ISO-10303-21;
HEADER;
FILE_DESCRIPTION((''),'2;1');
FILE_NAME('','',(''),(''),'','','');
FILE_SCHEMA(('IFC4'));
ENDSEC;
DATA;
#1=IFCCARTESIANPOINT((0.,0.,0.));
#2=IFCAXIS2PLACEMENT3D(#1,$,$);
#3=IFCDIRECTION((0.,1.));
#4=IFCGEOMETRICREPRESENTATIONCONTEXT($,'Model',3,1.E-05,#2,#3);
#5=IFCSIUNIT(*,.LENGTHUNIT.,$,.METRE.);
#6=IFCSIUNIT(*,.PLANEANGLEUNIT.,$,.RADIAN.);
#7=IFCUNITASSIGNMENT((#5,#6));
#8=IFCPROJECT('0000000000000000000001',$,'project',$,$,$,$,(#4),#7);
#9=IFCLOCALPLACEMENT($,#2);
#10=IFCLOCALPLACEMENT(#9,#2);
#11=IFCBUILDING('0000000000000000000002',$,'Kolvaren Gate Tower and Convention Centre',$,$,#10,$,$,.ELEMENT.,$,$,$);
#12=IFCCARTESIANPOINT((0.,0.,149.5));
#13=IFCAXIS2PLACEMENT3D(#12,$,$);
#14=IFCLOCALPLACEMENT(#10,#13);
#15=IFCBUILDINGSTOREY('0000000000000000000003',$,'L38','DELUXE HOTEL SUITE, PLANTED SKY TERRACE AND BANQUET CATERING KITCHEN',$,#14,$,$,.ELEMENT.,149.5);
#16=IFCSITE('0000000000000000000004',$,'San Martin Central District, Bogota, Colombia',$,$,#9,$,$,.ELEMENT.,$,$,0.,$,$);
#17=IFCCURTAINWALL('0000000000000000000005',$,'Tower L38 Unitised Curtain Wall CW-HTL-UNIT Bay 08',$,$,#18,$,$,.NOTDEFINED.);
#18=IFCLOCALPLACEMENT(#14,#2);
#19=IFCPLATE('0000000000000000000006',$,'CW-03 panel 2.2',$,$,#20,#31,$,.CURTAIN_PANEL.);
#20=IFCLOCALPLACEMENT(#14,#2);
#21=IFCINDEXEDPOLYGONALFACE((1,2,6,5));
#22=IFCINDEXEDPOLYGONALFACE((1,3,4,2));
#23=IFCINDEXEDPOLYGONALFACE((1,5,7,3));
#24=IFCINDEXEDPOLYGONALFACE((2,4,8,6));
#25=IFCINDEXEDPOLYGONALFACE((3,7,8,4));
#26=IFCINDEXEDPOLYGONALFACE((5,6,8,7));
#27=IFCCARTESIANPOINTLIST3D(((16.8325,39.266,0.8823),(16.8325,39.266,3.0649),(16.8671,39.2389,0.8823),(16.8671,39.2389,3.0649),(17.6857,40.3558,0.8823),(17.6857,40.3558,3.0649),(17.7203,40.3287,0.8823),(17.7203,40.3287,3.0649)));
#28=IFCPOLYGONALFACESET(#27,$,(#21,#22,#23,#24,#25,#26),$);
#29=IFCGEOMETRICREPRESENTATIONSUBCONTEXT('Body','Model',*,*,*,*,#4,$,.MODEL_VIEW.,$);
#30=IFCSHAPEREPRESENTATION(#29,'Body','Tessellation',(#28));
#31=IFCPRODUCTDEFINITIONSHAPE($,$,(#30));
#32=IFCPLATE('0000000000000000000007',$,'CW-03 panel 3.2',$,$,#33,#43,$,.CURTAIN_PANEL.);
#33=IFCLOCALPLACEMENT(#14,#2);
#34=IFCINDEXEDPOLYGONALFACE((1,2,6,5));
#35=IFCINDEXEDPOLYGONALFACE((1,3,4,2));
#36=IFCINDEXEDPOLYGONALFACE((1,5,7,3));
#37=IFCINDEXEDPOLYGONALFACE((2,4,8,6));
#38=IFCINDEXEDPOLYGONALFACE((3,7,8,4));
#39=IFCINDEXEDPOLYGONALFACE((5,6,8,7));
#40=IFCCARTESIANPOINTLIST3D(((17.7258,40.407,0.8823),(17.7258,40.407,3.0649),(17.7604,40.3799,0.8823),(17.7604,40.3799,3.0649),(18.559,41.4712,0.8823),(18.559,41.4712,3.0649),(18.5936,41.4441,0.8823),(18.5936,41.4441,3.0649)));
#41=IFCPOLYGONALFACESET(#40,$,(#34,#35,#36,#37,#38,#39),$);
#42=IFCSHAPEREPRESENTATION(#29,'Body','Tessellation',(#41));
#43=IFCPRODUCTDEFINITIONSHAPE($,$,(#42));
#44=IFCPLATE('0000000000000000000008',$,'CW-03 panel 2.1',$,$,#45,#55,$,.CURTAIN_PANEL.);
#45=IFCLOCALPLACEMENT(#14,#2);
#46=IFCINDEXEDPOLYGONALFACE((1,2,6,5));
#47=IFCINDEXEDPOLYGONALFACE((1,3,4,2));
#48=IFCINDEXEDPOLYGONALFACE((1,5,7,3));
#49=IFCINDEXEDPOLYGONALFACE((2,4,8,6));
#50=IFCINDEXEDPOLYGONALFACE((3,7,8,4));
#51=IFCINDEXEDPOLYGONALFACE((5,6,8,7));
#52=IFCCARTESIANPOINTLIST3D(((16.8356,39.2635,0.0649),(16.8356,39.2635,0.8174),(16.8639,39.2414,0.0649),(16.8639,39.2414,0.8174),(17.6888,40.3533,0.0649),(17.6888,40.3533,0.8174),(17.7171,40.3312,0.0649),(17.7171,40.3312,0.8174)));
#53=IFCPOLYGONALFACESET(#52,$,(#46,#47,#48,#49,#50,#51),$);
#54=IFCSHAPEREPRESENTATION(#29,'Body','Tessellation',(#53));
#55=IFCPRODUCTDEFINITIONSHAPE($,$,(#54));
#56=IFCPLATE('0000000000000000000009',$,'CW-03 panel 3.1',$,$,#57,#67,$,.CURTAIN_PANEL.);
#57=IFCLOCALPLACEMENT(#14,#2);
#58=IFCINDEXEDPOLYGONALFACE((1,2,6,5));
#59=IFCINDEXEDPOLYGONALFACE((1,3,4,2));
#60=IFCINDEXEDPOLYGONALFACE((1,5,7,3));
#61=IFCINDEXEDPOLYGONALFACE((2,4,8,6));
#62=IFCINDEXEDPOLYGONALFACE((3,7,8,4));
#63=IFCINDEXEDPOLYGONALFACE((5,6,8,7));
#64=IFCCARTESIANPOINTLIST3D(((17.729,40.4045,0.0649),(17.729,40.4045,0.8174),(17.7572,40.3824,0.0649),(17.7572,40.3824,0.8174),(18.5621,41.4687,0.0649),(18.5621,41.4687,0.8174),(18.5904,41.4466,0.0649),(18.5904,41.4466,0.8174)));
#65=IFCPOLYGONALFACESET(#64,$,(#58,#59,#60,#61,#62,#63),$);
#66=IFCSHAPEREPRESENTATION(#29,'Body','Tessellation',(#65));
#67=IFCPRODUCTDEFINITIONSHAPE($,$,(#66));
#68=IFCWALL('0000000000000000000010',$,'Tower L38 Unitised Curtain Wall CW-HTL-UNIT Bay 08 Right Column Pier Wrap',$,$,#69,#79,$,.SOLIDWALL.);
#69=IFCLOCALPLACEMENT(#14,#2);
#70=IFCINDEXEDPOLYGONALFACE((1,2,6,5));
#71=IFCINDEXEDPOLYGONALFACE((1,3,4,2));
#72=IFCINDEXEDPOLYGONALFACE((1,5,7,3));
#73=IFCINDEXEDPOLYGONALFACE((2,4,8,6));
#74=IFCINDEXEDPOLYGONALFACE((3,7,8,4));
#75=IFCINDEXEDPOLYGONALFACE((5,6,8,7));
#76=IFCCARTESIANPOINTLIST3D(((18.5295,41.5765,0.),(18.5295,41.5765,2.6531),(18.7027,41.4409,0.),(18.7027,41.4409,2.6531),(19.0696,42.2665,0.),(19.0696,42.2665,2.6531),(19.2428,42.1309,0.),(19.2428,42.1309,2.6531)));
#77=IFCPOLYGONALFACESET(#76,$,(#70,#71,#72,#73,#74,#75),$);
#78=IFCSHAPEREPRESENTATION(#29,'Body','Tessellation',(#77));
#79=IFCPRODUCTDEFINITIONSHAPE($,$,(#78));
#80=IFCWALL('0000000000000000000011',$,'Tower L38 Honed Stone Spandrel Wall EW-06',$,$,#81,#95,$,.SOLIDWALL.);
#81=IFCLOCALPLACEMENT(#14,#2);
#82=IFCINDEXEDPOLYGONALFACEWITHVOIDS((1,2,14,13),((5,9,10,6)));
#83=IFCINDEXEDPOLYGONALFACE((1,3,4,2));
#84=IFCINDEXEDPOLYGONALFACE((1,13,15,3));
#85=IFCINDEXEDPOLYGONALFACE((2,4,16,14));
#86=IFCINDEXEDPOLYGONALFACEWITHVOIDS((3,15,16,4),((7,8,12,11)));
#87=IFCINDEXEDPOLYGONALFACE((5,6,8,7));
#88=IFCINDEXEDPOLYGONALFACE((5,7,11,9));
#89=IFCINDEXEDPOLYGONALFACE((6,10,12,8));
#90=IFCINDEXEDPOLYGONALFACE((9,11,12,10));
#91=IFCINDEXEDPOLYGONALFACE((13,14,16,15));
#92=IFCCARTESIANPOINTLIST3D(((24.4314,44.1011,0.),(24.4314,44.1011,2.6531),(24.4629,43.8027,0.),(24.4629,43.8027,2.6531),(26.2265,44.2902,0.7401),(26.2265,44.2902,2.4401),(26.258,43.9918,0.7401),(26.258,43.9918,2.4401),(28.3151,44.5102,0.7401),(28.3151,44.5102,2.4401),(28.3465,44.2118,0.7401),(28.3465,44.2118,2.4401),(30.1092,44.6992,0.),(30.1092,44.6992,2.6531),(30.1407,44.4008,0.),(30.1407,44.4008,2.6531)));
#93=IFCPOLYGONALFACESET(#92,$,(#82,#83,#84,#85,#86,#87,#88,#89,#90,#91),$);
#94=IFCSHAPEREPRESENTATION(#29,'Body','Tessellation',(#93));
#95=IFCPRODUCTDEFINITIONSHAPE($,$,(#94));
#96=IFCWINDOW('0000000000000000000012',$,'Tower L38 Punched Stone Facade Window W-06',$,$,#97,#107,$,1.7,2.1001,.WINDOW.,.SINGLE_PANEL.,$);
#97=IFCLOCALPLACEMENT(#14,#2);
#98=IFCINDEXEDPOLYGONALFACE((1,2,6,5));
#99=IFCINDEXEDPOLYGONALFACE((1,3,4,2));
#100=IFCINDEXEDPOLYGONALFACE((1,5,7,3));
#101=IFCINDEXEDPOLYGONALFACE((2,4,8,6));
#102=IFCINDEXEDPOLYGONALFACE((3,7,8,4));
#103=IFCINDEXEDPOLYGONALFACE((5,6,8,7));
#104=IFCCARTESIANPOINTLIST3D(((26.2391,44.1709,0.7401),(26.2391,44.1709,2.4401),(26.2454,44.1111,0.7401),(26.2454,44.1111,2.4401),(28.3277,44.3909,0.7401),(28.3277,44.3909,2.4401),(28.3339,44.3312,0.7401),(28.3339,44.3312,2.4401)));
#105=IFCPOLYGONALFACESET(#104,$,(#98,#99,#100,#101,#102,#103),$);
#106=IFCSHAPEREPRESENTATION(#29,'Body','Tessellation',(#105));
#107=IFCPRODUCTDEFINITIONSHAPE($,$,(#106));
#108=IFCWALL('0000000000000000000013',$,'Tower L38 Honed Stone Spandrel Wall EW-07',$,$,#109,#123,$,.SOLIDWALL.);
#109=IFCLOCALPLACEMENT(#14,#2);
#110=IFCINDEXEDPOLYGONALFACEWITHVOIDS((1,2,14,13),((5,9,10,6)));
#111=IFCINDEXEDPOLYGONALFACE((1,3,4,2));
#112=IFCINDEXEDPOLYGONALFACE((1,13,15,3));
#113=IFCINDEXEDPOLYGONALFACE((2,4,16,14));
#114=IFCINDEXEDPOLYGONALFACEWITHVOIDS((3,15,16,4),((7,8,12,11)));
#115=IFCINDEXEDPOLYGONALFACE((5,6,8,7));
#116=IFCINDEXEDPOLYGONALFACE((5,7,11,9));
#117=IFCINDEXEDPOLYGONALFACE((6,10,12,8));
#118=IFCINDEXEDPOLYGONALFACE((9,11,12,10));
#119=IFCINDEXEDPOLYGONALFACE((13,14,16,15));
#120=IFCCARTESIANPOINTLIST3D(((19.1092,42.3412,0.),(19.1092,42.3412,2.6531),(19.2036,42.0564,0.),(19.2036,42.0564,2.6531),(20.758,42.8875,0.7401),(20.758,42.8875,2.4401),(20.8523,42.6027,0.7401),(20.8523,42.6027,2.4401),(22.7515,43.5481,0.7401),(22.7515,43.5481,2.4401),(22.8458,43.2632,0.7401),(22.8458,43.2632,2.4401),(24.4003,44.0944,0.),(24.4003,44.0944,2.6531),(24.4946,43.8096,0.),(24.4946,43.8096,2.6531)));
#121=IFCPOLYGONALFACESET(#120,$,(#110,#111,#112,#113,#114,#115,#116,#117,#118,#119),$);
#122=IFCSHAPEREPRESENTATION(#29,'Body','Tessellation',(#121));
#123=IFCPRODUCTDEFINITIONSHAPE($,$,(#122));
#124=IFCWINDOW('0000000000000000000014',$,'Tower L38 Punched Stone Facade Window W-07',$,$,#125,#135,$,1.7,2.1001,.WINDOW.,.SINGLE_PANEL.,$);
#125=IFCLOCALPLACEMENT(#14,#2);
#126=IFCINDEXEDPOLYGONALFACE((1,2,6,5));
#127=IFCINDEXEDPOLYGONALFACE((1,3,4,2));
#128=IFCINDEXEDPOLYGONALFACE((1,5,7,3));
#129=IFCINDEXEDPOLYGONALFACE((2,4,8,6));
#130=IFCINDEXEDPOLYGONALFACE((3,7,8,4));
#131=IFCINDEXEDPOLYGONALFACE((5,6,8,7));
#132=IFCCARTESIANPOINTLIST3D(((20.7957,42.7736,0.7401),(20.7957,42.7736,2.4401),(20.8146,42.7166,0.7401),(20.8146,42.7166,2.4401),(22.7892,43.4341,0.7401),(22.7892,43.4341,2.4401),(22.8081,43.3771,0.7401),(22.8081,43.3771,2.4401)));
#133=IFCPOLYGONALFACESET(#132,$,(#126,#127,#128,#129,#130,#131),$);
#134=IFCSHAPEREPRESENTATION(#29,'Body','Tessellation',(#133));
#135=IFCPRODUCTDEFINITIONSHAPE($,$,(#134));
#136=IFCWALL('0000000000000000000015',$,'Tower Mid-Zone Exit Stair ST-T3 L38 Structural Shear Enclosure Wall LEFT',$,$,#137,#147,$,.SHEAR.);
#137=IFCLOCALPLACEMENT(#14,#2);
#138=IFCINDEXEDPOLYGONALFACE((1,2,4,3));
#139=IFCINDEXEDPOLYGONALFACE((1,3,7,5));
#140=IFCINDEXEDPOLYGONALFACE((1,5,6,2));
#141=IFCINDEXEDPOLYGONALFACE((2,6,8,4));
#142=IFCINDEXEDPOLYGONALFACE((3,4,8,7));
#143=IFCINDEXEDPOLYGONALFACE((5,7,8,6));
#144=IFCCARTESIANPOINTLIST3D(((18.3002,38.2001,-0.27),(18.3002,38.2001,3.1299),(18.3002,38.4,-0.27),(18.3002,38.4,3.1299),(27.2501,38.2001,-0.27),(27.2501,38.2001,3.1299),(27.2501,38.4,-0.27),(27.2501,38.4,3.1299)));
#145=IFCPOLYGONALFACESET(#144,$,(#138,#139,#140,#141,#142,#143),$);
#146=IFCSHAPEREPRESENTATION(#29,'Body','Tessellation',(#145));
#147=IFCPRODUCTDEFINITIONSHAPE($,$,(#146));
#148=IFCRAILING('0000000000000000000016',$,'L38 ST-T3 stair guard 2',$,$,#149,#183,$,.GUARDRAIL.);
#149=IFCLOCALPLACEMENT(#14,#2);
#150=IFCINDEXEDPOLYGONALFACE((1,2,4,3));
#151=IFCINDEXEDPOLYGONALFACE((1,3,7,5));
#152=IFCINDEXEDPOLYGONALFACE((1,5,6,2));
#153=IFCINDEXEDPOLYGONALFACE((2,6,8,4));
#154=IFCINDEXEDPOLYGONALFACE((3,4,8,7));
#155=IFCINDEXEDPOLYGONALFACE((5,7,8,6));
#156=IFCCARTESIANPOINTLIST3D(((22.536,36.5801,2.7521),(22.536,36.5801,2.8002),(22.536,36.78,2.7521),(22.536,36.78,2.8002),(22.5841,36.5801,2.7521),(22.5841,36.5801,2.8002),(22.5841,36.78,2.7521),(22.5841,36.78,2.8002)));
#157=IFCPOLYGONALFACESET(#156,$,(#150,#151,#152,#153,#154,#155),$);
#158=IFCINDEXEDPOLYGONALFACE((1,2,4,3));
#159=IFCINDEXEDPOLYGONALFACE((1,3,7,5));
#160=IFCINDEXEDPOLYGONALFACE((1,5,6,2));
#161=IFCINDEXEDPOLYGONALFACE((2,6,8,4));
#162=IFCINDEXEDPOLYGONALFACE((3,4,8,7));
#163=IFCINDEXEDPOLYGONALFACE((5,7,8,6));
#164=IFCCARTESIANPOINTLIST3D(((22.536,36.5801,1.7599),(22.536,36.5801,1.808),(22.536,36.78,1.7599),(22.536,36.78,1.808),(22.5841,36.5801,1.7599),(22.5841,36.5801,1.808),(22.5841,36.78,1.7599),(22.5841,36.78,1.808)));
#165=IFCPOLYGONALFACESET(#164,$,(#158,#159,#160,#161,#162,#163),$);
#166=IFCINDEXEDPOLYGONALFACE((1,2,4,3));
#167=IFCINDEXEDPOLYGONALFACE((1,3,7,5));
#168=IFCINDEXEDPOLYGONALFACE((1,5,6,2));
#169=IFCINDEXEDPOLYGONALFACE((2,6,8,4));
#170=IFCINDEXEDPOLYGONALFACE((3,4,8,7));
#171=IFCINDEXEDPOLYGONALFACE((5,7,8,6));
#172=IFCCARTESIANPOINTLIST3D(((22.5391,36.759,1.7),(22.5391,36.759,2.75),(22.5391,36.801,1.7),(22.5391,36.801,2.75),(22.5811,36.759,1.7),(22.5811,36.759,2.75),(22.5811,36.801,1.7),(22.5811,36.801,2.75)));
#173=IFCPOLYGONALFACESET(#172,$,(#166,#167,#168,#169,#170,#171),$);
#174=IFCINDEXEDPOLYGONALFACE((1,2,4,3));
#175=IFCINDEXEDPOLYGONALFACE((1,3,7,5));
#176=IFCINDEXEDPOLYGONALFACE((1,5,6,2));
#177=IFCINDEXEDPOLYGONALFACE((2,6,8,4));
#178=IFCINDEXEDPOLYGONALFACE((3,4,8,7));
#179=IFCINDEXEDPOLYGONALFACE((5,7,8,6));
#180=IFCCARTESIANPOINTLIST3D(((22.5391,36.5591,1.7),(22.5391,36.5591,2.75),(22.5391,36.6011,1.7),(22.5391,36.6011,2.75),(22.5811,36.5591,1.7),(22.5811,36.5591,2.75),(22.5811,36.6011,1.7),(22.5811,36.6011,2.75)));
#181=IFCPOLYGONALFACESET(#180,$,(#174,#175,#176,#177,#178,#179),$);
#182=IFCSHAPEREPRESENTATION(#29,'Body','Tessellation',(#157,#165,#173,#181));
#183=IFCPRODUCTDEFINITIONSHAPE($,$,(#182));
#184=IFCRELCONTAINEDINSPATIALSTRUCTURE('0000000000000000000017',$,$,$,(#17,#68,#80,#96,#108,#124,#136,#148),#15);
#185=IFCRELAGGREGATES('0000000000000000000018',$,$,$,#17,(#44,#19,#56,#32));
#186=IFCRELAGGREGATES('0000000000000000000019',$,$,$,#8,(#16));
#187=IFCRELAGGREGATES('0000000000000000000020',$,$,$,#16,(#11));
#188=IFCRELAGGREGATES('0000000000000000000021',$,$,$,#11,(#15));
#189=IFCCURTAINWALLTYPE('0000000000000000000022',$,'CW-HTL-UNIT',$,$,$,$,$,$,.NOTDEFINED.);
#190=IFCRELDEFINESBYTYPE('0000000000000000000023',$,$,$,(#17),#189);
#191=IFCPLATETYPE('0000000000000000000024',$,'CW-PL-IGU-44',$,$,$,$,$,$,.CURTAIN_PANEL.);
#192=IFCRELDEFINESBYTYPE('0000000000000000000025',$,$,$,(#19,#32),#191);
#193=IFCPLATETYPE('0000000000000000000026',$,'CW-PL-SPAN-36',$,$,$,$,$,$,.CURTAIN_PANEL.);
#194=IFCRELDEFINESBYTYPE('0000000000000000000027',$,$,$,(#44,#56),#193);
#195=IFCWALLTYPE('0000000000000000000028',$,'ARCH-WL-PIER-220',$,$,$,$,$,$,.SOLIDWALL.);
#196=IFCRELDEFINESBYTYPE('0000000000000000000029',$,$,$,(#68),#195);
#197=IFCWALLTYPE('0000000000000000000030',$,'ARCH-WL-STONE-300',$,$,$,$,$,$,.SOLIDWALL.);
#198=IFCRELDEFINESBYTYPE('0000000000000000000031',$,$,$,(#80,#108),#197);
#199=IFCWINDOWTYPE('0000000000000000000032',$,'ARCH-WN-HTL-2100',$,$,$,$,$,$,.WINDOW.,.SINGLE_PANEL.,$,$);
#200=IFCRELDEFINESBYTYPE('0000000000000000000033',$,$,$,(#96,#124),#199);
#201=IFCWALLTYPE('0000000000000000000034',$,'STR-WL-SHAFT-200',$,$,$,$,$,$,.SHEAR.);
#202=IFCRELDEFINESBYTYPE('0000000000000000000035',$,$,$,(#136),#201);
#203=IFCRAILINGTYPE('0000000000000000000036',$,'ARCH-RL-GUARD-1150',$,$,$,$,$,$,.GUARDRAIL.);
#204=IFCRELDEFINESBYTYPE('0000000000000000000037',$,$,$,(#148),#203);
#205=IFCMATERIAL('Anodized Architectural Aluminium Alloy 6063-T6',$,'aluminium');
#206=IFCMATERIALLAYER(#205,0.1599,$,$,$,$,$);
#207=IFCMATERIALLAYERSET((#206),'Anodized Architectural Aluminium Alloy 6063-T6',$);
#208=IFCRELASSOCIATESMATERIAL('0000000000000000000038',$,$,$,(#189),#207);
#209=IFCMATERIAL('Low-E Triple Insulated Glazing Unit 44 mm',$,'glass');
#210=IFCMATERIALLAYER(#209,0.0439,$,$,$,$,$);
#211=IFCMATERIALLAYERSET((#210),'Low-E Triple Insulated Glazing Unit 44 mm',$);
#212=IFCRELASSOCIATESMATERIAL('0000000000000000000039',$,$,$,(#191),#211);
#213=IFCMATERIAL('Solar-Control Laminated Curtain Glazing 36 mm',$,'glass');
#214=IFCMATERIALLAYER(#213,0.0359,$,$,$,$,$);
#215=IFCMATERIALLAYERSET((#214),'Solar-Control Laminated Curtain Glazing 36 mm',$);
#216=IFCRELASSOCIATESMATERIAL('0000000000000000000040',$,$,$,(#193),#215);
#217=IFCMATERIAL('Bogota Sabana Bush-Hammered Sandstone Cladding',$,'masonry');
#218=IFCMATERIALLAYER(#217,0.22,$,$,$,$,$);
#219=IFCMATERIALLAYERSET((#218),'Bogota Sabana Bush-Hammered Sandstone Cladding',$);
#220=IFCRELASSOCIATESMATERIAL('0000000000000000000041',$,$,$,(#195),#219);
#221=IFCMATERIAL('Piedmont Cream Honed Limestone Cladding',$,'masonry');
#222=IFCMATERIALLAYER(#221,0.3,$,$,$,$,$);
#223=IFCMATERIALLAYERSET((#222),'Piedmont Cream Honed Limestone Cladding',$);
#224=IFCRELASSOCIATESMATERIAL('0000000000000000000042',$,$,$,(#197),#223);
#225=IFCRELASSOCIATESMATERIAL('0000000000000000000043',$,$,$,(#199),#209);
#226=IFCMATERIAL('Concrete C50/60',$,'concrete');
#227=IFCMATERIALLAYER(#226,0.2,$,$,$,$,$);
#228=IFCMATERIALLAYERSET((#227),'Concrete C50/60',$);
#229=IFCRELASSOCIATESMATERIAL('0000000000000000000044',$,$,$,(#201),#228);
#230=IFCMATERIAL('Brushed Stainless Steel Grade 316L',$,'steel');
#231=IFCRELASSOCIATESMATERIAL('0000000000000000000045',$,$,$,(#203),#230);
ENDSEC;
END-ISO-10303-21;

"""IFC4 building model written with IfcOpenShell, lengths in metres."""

from ifc_helpers import new_model, si_unit, direction, frame, frame_2d, origin, origin_2d, place, context, subcontext, project, spatial, rectangle, extrude, material, layer, layer_set, type_object, element, fill, aggregate, save


model = new_model("IFC4")

# Units and contexts
model_context = context("Model", 3, precision=1e-05, world=origin(), true_north=direction((0.0, 1.0)))
body_context = subcontext(model_context, "Body", "Model", "MODEL_VIEW")
ifc_project = project(units=[si_unit("LENGTHUNIT", "METRE"), si_unit("PLANEANGLEUNIT", "RADIAN")], contexts=[model_context])

# Site, building, storey
site_placement = place(None, origin())
site = spatial("IfcSite", under=ifc_project, at=site_placement, Name="San Martin Central District, Bogota, Colombia", CompositionType="ELEMENT", RefElevation=0.0)
building_placement = place(site_placement, origin())
building = spatial("IfcBuilding", under=site, at=building_placement, Name="Kolvaren Gate Tower and Convention Centre", CompositionType="ELEMENT")
storey_placement = place(building_placement, frame((0.0, 0.0, 149.5)))
storey = spatial("IfcBuildingStorey", under=building, at=storey_placement, Name="L38", Description="DELUXE HOTEL SUITE, PLANTED SKY TERRACE AND BANQUET CATERING KITCHEN", CompositionType="ELEMENT", Elevation=149.5)

# Curtain wall
ifc_material_1 = material(Name="Anodized Architectural Aluminium Alloy 6063-T6", Category="aluminium")
ifc_layer_1 = layer(ifc_material_1, 0.1599)
ifc_layer_set_1 = layer_set([ifc_layer_1], Name="Anodized Architectural Aluminium Alloy 6063-T6")
curtain_wall_type = type_object("IfcCurtainWallType", Name="CW-HTL-UNIT", PredefinedType="NOTDEFINED", material=ifc_layer_set_1)
curtain_wall_placement = place(storey_placement, origin())
curtain_wall = element("IfcCurtainWall", 1, at=curtain_wall_placement, inside=storey, type_object=curtain_wall_type, Name="Tower L38 Unitised Curtain Wall CW-HTL-UNIT Bay 08", PredefinedType="NOTDEFINED")

# Plates
ifc_material_2 = material(Name="Low-E Triple Insulated Glazing Unit 44 mm", Category="glass")
ifc_layer_2 = layer(ifc_material_2, 0.0439)
ifc_layer_set_2 = layer_set([ifc_layer_2], Name="Low-E Triple Insulated Glazing Unit 44 mm")
plate_type_1 = type_object("IfcPlateType", Name="CW-PL-IGU-44", PredefinedType="CURTAIN_PANEL", material=ifc_layer_set_2)
plate_1_placement = place(storey_placement, frame((17.2764, 39.7974, 0.8823), z_axis=(0.0, 0.0, 1.0), x_axis=(0.616449, 0.787395, 0.0)))
plate_1 = element("IfcPlate", 2, at=plate_1_placement, type_object=plate_type_1, Name="CW-03 panel 2.2", PredefinedType="CURTAIN_PANEL", context=body_context, shape_type="SweptSolid", body=[
    extrude(rectangle(XDim=1.384, YDim=0.0439, at=origin_2d()), origin(), (0.0, 0.0, 1.0), 2.1826),
])
plate_2_placement = place(storey_placement, frame((18.1597, 40.9255, 0.8823), z_axis=(0.0, 0.0, 1.0), x_axis=(0.616449, 0.787395, 0.0)))
plate_2 = element("IfcPlate", 3, at=plate_2_placement, type_object=plate_type_1, Name="CW-03 panel 3.2", PredefinedType="CURTAIN_PANEL", context=body_context, shape_type="SweptSolid", body=[
    extrude(rectangle(XDim=1.3516, YDim=0.0439, at=origin_2d()), origin(), (0.0, 0.0, 1.0), 2.1826),
])
ifc_material_3 = material(Name="Solar-Control Laminated Curtain Glazing 36 mm", Category="glass")
ifc_layer_3 = layer(ifc_material_3, 0.0359)
ifc_layer_set_3 = layer_set([ifc_layer_3], Name="Solar-Control Laminated Curtain Glazing 36 mm")
plate_type_2 = type_object("IfcPlateType", Name="CW-PL-SPAN-36", PredefinedType="CURTAIN_PANEL", material=ifc_layer_set_3)
plate_3_placement = place(storey_placement, frame((17.2764, 39.7974, 0.0649), z_axis=(0.0, 0.0, 1.0), x_axis=(0.616449, 0.787395, 0.0)))
plate_3 = element("IfcPlate", 4, at=plate_3_placement, type_object=plate_type_2, Name="CW-03 panel 2.1", PredefinedType="CURTAIN_PANEL", context=body_context, shape_type="SweptSolid", body=[
    extrude(rectangle(XDim=1.384, YDim=0.0359, at=origin_2d()), origin(), (0.0, 0.0, 1.0), 0.7524),
])
plate_4_placement = place(storey_placement, frame((18.1597, 40.9255, 0.0649), z_axis=(0.0, 0.0, 1.0), x_axis=(0.616449, 0.787395, 0.0)))
plate_4 = element("IfcPlate", 5, at=plate_4_placement, type_object=plate_type_2, Name="CW-03 panel 3.1", PredefinedType="CURTAIN_PANEL", context=body_context, shape_type="SweptSolid", body=[
    extrude(rectangle(XDim=1.3516, YDim=0.0359, at=origin_2d()), origin(), (0.0, 0.0, 1.0), 0.7524),
])
aggregate(curtain_wall, [plate_3, plate_1, plate_4, plate_2])

# Wall
ifc_material_4 = material(Name="Bogota Sabana Bush-Hammered Sandstone Cladding", Category="masonry")
ifc_layer_4 = layer(ifc_material_4, 0.22)
ifc_layer_set_4 = layer_set([ifc_layer_4], Name="Bogota Sabana Bush-Hammered Sandstone Cladding")
wall_type_1 = type_object("IfcWallType", Name="ARCH-WL-PIER-220", PredefinedType="SOLIDWALL", material=ifc_layer_set_4)
wall_1_placement = place(storey_placement, frame((18.6162, 41.5088, 0.0), z_axis=(0.0, 0.0, 1.0), x_axis=(0.616368, 0.787458, 0.0)))
element("IfcWall", 6, at=wall_1_placement, inside=storey, type_object=wall_type_1, Name="Tower L38 Unitised Curtain Wall CW-HTL-UNIT Bay 08 Right Column Pier Wrap", PredefinedType="SOLIDWALL", context=body_context, shape_type="SweptSolid", body=[
    extrude(rectangle(XDim=0.8762, YDim=0.22, at=frame_2d((0.438, 0.0))), origin(), (0.0, 0.0, 1.0), 2.6531),
])

# Walls, openings, windows
ifc_material_5 = material(Name="Piedmont Cream Honed Limestone Cladding", Category="masonry")
ifc_layer_5 = layer(ifc_material_5, 0.3)
ifc_layer_set_5 = layer_set([ifc_layer_5], Name="Piedmont Cream Honed Limestone Cladding")
wall_type_2 = type_object("IfcWallType", Name="ARCH-WL-STONE-300", PredefinedType="SOLIDWALL", material=ifc_layer_set_5)
wall_2_placement = place(storey_placement, frame((24.4473, 43.9519, 0.0), z_axis=(0.0, 0.0, 1.0), x_axis=(0.994497, 0.104769, 0.0)))
wall_2 = element("IfcWall", 7, at=wall_2_placement, inside=storey, type_object=wall_type_2, Name="Tower L38 Honed Stone Spandrel Wall EW-06", PredefinedType="SOLIDWALL", context=body_context, shape_type="SweptSolid", body=[
    extrude(rectangle(XDim=5.7092, YDim=0.3, at=frame_2d((2.8545, 0.0))), origin(), (0.0, 0.0, 1.0), 2.6531),
])
opening_1_placement = place(wall_2_placement, frame((1.8049, 0.0, 0.74)))
opening_1 = element("IfcOpeningElement", 8, at=opening_1_placement, cuts=wall_2, PredefinedType="OPENING", context=body_context, shape_type="SweptSolid", body=[
    extrude(rectangle(XDim=2.1001, YDim=1.7, at=frame_2d((1.05, 0.8501))), frame((0.0, 0.1599, 0.0), z_axis=(0.0, -1.0, 0.0), x_axis=(1.0, 0.0, 0.0)), (0.0, 0.0, 1.0), 0.3201),
])
window_type = type_object("IfcWindowType", Name="ARCH-WN-HTL-2100", PartitioningType="SINGLE_PANEL", PredefinedType="WINDOW", material=ifc_material_2)
window_1_placement = place(opening_1_placement, origin())
window_1 = element("IfcWindow", 9, at=window_1_placement, inside=storey, type_object=window_type, Name="Tower L38 Punched Stone Facade Window W-06", OverallHeight=1.7, OverallWidth=2.1001, PartitioningType="SINGLE_PANEL", PredefinedType="WINDOW", context=body_context, shape_type="SweptSolid", body=[
    extrude(rectangle(XDim=2.1001, YDim=1.7, at=frame_2d((1.05, 0.8501))), frame((0.0, 0.03, 0.0), z_axis=(0.0, -1.0, 0.0), x_axis=(1.0, 0.0, 0.0)), (0.0, 0.0, 1.0), 0.0601),
])
fill(opening_1, window_1)
wall_3_placement = place(storey_placement, frame((19.1562, 42.1987, 0.0), z_axis=(0.0, 0.0, 1.0), x_axis=(0.949247, 0.314532, 0.0)))
wall_3 = element("IfcWall", 10, at=wall_3_placement, inside=storey, type_object=wall_type_2, Name="Tower L38 Honed Stone Spandrel Wall EW-07", PredefinedType="SOLIDWALL", context=body_context, shape_type="SweptSolid", body=[
    extrude(rectangle(XDim=5.574, YDim=0.3, at=frame_2d((2.7871, 0.0))), origin(), (0.0, 0.0, 1.0), 2.6531),
])
opening_2_placement = place(wall_3_placement, frame((1.7371, 0.0, 0.74)))
opening_2 = element("IfcOpeningElement", 11, at=opening_2_placement, cuts=wall_3, PredefinedType="OPENING", context=body_context, shape_type="SweptSolid", body=[
    extrude(rectangle(XDim=2.1001, YDim=1.7, at=frame_2d((1.05, 0.8501))), frame((0.0, 0.1599, 0.0), z_axis=(0.0, -1.0, 0.0), x_axis=(1.0, 0.0, 0.0)), (0.0, 0.0, 1.0), 0.3201),
])
window_2_placement = place(opening_2_placement, origin())
window_2 = element("IfcWindow", 12, at=window_2_placement, inside=storey, type_object=window_type, Name="Tower L38 Punched Stone Facade Window W-07", OverallHeight=1.7, OverallWidth=2.1001, PartitioningType="SINGLE_PANEL", PredefinedType="WINDOW", context=body_context, shape_type="SweptSolid", body=[
    extrude(rectangle(XDim=2.1001, YDim=1.7, at=frame_2d((1.05, 0.8501))), frame((0.0, 0.03, 0.0), z_axis=(0.0, -1.0, 0.0), x_axis=(1.0, 0.0, 0.0)), (0.0, 0.0, 1.0), 0.0601),
])
fill(opening_2, window_2)

# Wall
ifc_material_6 = material(Name="Concrete C50/60", Category="concrete")
ifc_layer_6 = layer(ifc_material_6, 0.2)
ifc_layer_set_6 = layer_set([ifc_layer_6], Name="Concrete C50/60")
wall_type_3 = type_object("IfcWallType", Name="STR-WL-SHAFT-200", PredefinedType="SHEAR", material=ifc_layer_set_6)
wall_4_placement = place(storey_placement, frame((18.3, 38.3, -0.27), z_axis=(0.0, 0.0, 1.0), x_axis=(1.0, 0.0, 0.0)))
element("IfcWall", 13, at=wall_4_placement, inside=storey, type_object=wall_type_3, Name="Tower Mid-Zone Exit Stair ST-T3 L38 Structural Shear Enclosure Wall LEFT", PredefinedType="SHEAR", context=body_context, shape_type="SweptSolid", body=[
    extrude(rectangle(XDim=8.95, YDim=0.2, at=frame_2d((4.4751, 0.0))), origin(), (0.0, 0.0, 1.0), 3.3999),
])

# Railing
ifc_material_7 = material(Name="Brushed Stainless Steel Grade 316L", Category="steel")
railing_type = type_object("IfcRailingType", Name="ARCH-RL-GUARD-1150", PredefinedType="GUARDRAIL", material=ifc_material_7)
railing_placement = place(storey_placement, frame((22.5601, 36.78, 1.7)))
element("IfcRailing", 14, at=railing_placement, inside=storey, type_object=railing_type, Name="L38 ST-T3 stair guard 2", PredefinedType="GUARDRAIL", context=body_context, shape_type="SweptSolid", body=[
    extrude(rectangle(XDim=0.0481, YDim=0.0481, at=origin_2d()), frame((0.0, 0.0, 1.0762), z_axis=(0.0, -1.0, 0.0), x_axis=(1.0, 0.0, 0.0)), (0.0, 0.0, 1.0), 0.2),
    extrude(rectangle(XDim=0.0481, YDim=0.0481, at=origin_2d()), frame((0.0, 0.0, 0.084), z_axis=(0.0, -1.0, 0.0), x_axis=(1.0, 0.0, 0.0)), (0.0, 0.0, 1.0), 0.2),
    extrude(rectangle(XDim=0.042, YDim=0.042, at=origin_2d()), origin(), (0.0, 0.0, 1.0), 1.05),
    extrude(rectangle(XDim=0.042, YDim=0.042, at=origin_2d()), frame((0.0, -0.2, 0.0)), (0.0, 0.0, 1.0), 1.05),
])

save(model, "model.ifc")
